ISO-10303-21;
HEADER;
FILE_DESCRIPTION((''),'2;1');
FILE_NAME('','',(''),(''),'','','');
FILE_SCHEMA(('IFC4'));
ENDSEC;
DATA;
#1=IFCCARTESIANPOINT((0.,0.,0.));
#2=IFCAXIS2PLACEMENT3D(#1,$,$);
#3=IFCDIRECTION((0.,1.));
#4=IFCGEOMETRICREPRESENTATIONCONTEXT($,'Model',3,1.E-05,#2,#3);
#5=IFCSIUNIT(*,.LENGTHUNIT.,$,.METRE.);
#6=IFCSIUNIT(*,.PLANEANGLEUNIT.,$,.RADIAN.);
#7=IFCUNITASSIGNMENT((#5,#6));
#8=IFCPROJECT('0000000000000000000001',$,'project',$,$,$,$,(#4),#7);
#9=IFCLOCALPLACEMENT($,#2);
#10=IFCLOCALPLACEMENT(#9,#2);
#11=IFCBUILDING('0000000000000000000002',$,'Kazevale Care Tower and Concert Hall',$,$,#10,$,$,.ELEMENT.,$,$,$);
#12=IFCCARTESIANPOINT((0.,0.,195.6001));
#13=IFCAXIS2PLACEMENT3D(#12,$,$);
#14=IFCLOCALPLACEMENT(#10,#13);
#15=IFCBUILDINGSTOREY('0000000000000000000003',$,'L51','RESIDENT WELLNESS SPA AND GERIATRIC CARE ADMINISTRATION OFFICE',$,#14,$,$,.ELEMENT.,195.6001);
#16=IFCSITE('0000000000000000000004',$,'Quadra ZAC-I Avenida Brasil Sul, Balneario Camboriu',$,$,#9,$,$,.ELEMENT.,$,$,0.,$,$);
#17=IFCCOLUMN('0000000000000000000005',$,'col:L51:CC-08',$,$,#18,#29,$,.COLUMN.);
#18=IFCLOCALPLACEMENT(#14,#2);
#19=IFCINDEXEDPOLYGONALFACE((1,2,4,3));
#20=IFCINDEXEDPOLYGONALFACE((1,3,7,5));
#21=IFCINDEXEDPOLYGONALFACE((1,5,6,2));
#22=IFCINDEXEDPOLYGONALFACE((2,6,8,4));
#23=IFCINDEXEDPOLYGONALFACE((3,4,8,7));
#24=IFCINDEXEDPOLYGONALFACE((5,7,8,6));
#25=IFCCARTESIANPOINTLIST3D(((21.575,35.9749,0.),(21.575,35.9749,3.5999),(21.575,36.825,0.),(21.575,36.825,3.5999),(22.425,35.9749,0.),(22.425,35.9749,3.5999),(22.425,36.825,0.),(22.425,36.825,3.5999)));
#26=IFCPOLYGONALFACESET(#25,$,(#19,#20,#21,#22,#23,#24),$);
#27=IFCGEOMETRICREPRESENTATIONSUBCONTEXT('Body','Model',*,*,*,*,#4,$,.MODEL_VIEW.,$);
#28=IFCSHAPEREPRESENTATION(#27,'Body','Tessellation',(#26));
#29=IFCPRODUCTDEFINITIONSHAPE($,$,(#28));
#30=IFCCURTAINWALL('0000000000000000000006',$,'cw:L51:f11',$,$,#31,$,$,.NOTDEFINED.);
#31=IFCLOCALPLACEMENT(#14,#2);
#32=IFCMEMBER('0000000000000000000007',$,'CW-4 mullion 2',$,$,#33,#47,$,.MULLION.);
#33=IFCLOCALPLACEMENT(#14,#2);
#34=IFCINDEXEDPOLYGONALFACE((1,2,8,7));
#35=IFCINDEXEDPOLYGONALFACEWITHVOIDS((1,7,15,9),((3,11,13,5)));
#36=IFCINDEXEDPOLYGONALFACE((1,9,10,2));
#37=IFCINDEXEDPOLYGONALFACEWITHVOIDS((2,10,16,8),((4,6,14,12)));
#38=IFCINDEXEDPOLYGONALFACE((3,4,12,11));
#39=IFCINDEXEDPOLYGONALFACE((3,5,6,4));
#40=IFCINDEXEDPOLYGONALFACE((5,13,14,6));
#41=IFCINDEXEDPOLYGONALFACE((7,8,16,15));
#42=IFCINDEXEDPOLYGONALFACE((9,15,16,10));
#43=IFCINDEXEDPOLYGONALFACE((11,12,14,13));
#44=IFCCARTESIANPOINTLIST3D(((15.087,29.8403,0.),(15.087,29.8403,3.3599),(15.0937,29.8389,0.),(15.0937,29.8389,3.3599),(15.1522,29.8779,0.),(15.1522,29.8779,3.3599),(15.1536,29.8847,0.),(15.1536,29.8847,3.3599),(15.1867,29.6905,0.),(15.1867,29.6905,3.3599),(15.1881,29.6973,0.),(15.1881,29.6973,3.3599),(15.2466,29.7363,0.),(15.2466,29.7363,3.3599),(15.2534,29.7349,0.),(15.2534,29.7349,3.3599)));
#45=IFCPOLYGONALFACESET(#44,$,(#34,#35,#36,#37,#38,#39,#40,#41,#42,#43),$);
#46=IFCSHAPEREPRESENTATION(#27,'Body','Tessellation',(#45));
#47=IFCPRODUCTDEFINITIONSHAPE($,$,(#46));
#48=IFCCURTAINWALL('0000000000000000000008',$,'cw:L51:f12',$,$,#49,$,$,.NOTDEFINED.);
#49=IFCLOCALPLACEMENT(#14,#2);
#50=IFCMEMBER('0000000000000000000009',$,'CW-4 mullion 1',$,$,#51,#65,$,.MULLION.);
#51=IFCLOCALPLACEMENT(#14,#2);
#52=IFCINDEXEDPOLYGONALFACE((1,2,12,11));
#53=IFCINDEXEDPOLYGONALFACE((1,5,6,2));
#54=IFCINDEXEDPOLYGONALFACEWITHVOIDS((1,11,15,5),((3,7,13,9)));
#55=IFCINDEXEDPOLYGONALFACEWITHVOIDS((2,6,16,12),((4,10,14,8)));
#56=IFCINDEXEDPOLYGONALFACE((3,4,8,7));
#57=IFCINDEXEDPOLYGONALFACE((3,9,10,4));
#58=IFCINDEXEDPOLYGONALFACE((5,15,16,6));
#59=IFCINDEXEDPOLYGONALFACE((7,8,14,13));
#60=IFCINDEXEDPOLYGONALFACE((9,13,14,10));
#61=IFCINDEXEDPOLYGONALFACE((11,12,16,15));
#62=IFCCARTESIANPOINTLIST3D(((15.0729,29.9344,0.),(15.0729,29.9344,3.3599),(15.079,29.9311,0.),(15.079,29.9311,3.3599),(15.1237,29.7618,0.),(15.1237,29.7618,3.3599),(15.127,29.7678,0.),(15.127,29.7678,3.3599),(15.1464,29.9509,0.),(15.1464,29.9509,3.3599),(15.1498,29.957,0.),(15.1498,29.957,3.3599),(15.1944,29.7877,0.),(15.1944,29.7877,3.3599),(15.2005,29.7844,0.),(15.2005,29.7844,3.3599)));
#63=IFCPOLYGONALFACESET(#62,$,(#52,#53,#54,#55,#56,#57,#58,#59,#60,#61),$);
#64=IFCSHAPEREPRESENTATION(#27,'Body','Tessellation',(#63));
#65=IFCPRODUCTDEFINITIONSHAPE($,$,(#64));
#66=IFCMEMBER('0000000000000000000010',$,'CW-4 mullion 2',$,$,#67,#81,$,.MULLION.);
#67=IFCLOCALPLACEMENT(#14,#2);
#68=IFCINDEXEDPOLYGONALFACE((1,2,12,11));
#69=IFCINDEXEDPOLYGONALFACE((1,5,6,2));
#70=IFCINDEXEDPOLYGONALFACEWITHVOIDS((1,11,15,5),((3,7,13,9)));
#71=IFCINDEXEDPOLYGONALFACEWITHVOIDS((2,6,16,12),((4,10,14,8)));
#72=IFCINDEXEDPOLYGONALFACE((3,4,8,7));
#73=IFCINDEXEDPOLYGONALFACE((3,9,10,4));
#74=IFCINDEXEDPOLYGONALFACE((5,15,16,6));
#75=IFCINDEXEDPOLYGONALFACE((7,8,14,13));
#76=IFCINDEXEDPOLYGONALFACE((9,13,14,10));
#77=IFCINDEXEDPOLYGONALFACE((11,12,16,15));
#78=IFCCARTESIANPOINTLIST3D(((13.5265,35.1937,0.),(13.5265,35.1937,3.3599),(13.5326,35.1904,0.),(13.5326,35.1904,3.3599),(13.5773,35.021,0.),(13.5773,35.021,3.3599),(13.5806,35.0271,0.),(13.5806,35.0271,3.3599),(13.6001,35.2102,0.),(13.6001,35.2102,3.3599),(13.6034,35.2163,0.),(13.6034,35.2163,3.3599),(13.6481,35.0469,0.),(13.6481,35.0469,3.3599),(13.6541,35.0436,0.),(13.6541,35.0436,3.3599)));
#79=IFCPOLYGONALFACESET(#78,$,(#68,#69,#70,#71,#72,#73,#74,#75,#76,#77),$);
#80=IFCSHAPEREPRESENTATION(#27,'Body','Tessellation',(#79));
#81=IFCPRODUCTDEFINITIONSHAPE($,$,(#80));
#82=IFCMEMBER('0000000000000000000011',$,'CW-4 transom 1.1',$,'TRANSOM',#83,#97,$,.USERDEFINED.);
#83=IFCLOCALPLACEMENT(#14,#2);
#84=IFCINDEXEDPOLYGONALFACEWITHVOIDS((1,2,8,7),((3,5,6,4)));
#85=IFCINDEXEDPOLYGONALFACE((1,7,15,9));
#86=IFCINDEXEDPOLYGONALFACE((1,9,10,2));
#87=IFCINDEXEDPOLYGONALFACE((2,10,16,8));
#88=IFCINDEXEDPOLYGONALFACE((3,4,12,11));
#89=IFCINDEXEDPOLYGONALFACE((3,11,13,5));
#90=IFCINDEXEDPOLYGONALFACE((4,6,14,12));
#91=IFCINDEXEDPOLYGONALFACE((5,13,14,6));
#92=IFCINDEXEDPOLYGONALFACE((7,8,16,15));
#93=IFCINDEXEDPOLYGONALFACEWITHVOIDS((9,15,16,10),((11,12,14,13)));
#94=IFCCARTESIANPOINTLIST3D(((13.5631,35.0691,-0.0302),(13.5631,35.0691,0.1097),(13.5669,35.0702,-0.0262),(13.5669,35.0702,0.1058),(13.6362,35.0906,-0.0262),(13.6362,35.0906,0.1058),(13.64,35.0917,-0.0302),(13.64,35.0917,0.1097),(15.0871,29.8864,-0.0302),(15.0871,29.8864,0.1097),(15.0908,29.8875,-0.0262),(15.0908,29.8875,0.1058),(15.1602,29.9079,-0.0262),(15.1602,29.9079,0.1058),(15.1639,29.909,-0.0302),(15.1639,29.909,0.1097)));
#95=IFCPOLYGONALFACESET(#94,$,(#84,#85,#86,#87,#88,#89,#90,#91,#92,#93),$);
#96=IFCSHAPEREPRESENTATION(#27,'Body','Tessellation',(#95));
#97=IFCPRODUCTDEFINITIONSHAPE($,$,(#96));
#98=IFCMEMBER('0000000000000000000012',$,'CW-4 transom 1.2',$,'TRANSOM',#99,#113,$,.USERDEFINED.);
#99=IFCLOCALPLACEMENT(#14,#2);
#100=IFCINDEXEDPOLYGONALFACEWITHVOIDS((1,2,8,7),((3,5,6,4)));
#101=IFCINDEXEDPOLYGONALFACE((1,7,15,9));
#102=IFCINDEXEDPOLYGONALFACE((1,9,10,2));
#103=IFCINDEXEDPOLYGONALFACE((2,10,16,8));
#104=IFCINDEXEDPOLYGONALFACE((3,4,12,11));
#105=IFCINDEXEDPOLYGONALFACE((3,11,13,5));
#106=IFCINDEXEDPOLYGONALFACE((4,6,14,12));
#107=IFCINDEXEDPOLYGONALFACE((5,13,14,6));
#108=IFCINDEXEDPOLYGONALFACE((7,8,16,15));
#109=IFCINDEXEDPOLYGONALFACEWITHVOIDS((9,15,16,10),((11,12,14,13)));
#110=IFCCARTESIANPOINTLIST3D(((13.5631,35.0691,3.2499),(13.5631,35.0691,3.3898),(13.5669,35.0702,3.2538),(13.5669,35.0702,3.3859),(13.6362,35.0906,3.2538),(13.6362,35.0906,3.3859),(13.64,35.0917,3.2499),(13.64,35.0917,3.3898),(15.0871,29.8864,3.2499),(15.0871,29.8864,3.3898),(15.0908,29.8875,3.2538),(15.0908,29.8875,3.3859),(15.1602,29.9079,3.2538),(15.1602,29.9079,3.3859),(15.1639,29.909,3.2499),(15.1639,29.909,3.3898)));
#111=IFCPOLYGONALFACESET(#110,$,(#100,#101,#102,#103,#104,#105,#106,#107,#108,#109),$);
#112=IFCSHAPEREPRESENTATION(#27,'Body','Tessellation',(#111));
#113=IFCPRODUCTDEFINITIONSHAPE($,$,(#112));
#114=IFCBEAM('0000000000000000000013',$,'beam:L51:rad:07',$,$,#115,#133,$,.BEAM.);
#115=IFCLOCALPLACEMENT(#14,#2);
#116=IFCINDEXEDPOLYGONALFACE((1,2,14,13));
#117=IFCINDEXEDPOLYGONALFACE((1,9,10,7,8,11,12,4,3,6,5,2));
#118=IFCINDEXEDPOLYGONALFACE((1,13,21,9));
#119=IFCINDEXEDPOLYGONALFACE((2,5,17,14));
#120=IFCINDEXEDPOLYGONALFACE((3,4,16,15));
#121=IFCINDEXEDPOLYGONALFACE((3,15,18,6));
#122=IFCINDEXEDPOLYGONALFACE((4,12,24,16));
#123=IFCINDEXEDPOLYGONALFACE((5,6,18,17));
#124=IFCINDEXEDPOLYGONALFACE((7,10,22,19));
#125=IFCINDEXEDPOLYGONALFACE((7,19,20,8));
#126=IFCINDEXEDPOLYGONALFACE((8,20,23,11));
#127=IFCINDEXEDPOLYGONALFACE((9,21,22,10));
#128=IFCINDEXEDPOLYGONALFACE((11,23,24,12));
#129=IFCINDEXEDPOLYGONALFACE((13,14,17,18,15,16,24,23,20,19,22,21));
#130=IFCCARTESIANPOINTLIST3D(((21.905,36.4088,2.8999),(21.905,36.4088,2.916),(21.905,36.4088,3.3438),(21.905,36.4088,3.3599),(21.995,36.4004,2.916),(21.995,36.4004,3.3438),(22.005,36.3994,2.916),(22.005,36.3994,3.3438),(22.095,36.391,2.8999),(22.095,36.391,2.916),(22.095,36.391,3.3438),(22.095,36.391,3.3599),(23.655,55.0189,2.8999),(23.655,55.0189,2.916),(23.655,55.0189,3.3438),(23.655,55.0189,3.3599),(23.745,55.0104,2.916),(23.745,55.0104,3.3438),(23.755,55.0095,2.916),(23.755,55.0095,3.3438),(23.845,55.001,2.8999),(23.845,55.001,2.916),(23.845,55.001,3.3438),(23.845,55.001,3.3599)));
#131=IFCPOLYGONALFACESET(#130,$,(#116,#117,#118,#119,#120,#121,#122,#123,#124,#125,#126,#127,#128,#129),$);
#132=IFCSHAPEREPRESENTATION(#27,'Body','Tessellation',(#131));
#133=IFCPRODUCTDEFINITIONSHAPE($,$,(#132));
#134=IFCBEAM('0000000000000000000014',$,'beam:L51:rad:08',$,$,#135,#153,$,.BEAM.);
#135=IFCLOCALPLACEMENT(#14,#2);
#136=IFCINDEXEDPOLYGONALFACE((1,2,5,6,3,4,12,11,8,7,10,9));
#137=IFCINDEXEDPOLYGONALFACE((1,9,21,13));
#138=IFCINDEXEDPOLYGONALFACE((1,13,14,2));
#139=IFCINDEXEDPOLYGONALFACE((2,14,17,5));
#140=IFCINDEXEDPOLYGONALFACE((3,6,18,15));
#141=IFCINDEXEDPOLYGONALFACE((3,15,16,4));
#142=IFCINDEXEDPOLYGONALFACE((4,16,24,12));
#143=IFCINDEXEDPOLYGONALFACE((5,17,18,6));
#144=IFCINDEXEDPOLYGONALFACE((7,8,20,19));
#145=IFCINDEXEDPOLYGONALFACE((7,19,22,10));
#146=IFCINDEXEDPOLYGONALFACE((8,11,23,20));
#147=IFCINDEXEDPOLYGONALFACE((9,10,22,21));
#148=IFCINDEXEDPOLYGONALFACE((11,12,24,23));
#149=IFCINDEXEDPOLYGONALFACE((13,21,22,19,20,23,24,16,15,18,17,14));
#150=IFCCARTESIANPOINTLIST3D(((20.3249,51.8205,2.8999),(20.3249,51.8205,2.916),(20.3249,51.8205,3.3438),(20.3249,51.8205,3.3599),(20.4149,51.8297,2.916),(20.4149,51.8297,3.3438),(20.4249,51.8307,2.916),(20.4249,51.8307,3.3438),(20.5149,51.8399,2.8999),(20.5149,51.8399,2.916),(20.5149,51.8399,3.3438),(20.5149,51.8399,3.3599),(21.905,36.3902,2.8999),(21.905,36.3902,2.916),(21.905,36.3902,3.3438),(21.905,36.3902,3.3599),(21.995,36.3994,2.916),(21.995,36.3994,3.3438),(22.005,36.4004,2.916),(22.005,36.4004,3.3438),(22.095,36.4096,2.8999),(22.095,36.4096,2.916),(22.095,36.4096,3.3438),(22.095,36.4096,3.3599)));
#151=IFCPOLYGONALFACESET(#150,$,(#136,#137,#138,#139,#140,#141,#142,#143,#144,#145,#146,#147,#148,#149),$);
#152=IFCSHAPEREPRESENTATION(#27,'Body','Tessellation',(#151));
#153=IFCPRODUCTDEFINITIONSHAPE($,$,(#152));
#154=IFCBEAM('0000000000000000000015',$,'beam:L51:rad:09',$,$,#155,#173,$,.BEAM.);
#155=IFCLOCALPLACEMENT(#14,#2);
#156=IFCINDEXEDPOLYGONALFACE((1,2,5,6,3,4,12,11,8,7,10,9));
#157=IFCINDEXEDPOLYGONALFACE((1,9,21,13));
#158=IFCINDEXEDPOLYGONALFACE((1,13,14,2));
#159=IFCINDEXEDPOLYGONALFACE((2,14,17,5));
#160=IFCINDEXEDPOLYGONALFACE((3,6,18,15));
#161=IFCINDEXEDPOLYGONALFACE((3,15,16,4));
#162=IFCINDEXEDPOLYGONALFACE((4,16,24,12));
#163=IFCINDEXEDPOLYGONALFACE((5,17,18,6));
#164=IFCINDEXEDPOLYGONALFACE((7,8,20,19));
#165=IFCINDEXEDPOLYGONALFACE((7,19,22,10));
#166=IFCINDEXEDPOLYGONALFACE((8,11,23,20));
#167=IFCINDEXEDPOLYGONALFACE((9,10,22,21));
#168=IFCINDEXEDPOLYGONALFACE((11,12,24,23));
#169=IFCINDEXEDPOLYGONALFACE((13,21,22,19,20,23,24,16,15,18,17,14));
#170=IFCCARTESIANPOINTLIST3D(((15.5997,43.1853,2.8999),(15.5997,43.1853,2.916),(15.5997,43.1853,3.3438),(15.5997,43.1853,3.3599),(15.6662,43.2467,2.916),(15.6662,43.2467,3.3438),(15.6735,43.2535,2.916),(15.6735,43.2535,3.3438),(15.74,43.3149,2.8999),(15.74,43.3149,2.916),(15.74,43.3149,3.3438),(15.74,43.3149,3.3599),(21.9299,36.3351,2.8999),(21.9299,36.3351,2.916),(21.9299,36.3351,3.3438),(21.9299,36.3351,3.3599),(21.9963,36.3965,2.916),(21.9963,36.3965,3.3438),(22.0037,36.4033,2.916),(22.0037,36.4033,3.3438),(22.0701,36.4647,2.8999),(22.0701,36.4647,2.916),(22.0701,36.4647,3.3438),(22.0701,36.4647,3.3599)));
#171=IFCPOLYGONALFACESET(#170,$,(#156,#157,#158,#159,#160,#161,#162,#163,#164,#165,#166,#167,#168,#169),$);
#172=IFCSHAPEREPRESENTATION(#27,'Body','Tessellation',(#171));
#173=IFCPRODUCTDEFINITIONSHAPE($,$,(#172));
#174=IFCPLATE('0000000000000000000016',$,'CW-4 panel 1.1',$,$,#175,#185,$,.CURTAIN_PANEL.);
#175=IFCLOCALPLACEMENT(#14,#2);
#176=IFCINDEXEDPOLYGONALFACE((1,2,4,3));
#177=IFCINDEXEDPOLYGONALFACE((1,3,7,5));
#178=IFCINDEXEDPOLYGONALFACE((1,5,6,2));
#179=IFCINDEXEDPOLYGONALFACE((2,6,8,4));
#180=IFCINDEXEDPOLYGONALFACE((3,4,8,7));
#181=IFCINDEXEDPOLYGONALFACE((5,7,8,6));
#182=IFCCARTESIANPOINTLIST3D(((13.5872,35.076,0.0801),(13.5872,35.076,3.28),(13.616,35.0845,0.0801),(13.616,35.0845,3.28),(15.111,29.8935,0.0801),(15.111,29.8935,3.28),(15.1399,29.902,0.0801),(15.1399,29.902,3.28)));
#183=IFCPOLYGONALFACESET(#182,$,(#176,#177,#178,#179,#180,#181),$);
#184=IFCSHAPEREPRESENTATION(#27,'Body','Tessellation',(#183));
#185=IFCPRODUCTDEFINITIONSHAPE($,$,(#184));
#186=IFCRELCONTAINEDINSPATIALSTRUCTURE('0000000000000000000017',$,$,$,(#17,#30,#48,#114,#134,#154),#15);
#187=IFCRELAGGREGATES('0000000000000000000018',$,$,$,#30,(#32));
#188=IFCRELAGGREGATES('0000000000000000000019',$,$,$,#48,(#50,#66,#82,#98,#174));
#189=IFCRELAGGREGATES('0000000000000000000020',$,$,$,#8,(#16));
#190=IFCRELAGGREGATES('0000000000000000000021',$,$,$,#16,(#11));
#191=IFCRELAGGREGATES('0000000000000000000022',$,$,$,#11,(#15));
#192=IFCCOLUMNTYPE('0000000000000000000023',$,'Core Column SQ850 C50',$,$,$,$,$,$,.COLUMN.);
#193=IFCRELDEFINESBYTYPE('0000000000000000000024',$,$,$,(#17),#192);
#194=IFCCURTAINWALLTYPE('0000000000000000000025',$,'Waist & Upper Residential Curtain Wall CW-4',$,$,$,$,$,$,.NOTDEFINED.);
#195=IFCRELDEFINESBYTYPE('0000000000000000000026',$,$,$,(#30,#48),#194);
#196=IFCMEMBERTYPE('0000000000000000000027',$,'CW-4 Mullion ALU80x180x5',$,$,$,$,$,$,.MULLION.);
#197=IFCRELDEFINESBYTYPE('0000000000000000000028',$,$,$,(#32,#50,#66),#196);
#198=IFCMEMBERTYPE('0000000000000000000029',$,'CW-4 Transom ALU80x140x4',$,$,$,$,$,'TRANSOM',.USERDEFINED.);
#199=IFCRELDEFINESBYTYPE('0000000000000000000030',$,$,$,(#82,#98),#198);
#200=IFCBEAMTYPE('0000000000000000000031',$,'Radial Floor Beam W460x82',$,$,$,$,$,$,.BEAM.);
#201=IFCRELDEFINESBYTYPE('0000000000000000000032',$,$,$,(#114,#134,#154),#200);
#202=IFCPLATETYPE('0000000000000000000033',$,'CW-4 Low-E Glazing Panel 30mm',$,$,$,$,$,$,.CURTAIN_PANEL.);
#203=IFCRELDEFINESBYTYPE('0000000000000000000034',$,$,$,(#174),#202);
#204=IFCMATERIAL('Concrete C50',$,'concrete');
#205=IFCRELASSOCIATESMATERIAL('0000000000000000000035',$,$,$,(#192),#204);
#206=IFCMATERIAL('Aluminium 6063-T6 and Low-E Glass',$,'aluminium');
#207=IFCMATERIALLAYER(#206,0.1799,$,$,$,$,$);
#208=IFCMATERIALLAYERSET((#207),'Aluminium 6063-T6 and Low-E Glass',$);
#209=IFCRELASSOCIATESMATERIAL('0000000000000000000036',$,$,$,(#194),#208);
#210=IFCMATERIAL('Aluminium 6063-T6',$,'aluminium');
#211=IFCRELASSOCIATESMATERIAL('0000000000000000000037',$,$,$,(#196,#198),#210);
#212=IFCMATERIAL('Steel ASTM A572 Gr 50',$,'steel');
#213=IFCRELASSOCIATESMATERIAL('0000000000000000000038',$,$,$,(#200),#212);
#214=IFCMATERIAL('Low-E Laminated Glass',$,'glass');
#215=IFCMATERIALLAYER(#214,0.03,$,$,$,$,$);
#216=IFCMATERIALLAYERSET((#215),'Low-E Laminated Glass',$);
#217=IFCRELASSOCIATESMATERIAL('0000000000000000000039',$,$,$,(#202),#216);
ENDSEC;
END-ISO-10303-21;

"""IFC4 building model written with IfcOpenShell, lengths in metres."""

from ifc_helpers import new_model, si_unit, direction, frame, origin, origin_2d, place, context, subcontext, project, spatial, rectangle, hollow_rectangle, i_section, extrude, material, layer, layer_set, material_profile, profile_set, type_object, element, aggregate, save


model = new_model("IFC4")

# Units and contexts
model_context = context("Model", 3, precision=1e-05, world=origin(), true_north=direction((0.0, 1.0)))
body_context = subcontext(model_context, "Body", "Model", "MODEL_VIEW")
ifc_project = project(units=[si_unit("LENGTHUNIT", "METRE"), si_unit("PLANEANGLEUNIT", "RADIAN")], contexts=[model_context])

# Site, building, storey
site_placement = place(None, origin())
site = spatial("IfcSite", under=ifc_project, at=site_placement, Name="Quadra ZAC-I Avenida Brasil Sul, Balneario Camboriu", CompositionType="ELEMENT", RefElevation=0.0)
building_placement = place(site_placement, origin())
building = spatial("IfcBuilding", under=site, at=building_placement, Name="Kazevale Care Tower and Concert Hall", CompositionType="ELEMENT")
storey_placement = place(building_placement, frame((0.0, 0.0, 195.6001)))
storey = spatial("IfcBuildingStorey", under=building, at=storey_placement, Name="L51", Description="RESIDENT WELLNESS SPA AND GERIATRIC CARE ADMINISTRATION OFFICE", CompositionType="ELEMENT", Elevation=195.6001)

# Column
ifc_material_1 = material(Name="Concrete C50", Category="concrete")
ifc_material_profile_1 = material_profile(ifc_material_1, rectangle(XDim=0.8501, YDim=0.8501, at=origin_2d()), Name="RC-SQ850")
ifc_profile_set_1 = profile_set([ifc_material_profile_1], Name="Concrete C50")
column_type = type_object("IfcColumnType", Name="Core Column SQ850 C50", PredefinedType="COLUMN", material=ifc_profile_set_1)
column_placement = place(storey_placement, frame((22.0, 36.3999, 0.0), z_axis=(0.0, 0.0, 1.0), x_axis=(1.0, 0.0, 0.0)))
element("IfcColumn", 1, at=column_placement, inside=storey, type_object=column_type, Name="col:L51:CC-08", PredefinedType="COLUMN", context=body_context, shape_type="SweptSolid", body=[
    extrude(rectangle(XDim=0.8501, YDim=0.8501, at=origin_2d()), origin(), (0.0, 0.0, 1.0), 3.5999),
])

# Curtain wall, member
ifc_material_2 = material(Name="Aluminium 6063-T6 and Low-E Glass", Category="aluminium")
ifc_layer_1 = layer(ifc_material_2, 0.1799)
ifc_layer_set_1 = layer_set([ifc_layer_1], Name="Aluminium 6063-T6 and Low-E Glass")
curtain_wall_type = type_object("IfcCurtainWallType", Name="Waist & Upper Residential Curtain Wall CW-4", PredefinedType="NOTDEFINED", material=ifc_layer_set_1)
curtain_wall_1_placement = place(storey_placement, origin())
curtain_wall_1 = element("IfcCurtainWall", 2, at=curtain_wall_1_placement, inside=storey, type_object=curtain_wall_type, Name="cw:L51:f11", PredefinedType="NOTDEFINED")
ifc_material_3 = material(Name="Aluminium 6063-T6", Category="aluminium")
ifc_material_profile_2 = material_profile(ifc_material_3, hollow_rectangle(XDim=0.0801, YDim=0.1799, WallThickness=0.0049, at=origin_2d()), Name="ALU80x180x5")
ifc_profile_set_2 = profile_set([ifc_material_profile_2], Name="Aluminium 6063-T6")
member_type_1 = type_object("IfcMemberType", Name="CW-4 Mullion ALU80x180x5", PredefinedType="MULLION", material=ifc_profile_set_2)
member_1_placement = place(storey_placement, frame((15.1702, 29.7876, 0.0), z_axis=(0.0, 0.0, 1.0), x_axis=(-0.832106, -0.554617, 0.0)))
member_1 = element("IfcMember", 3, at=member_1_placement, type_object=member_type_1, Name="CW-4 mullion 2", PredefinedType="MULLION", context=body_context, shape_type="SweptSolid", body=[
    extrude(hollow_rectangle(XDim=0.0801, YDim=0.1799, WallThickness=0.0049, at=origin_2d()), origin(), (0.0, 0.0, 1.0), 3.3599),
])
aggregate(curtain_wall_1, [member_1])

# Curtain wall, members
curtain_wall_2_placement = place(storey_placement, origin())
curtain_wall_2 = element("IfcCurtainWall", 4, at=curtain_wall_2_placement, inside=storey, type_object=curtain_wall_type, Name="cw:L51:f12", PredefinedType="NOTDEFINED")
member_2_placement = place(storey_placement, frame((15.1367, 29.8594, 0.0), z_axis=(0.0, 0.0, 1.0), x_axis=(-0.959386, -0.282098, 0.0)))
member_2 = element("IfcMember", 5, at=member_2_placement, type_object=member_type_1, Name="CW-4 mullion 1", PredefinedType="MULLION", context=body_context, shape_type="SweptSolid", body=[
    extrude(hollow_rectangle(XDim=0.0801, YDim=0.1799, WallThickness=0.0049, at=origin_2d()), origin(), (0.0, 0.0, 1.0), 3.3599),
])
member_3_placement = place(storey_placement, frame((13.5903, 35.1187, 0.0), z_axis=(0.0, 0.0, 1.0), x_axis=(-0.959386, -0.282098, 0.0)))
member_3 = element("IfcMember", 6, at=member_3_placement, type_object=member_type_1, Name="CW-4 mullion 2", PredefinedType="MULLION", context=body_context, shape_type="SweptSolid", body=[
    extrude(hollow_rectangle(XDim=0.0801, YDim=0.1799, WallThickness=0.0049, at=origin_2d()), origin(), (0.0, 0.0, 1.0), 3.3599),
])
ifc_material_profile_3 = material_profile(ifc_material_3, hollow_rectangle(XDim=0.0801, YDim=0.1399, WallThickness=0.0039, at=origin_2d()), Name="ALU80x140x4")
ifc_profile_set_3 = profile_set([ifc_material_profile_3], Name="Aluminium 6063-T6")
member_type_2 = type_object("IfcMemberType", Name="CW-4 Transom ALU80x140x4", ElementType="TRANSOM", PredefinedType="USERDEFINED", material=ifc_profile_set_3)
member_4_placement = place(storey_placement, frame((15.1255, 29.8977, 0.0398), z_axis=(-0.282103, 0.959384, 0.0), x_axis=(-0.959384, -0.282103, 0.0)))
member_4 = element("IfcMember", 7, at=member_4_placement, type_object=member_type_2, Name="CW-4 transom 1.1", ObjectType="TRANSOM", PredefinedType="USERDEFINED", context=body_context, shape_type="SweptSolid", body=[
    extrude(hollow_rectangle(XDim=0.0801, YDim=0.1399, WallThickness=0.0039, at=origin_2d()), origin(), (0.0, 0.0, 1.0), 5.4021),
])
member_5_placement = place(storey_placement, frame((15.1255, 29.8977, 3.3198), z_axis=(-0.282103, 0.959384, 0.0), x_axis=(-0.959384, -0.282103, 0.0)))
member_5 = element("IfcMember", 8, at=member_5_placement, type_object=member_type_2, Name="CW-4 transom 1.2", ObjectType="TRANSOM", PredefinedType="USERDEFINED", context=body_context, shape_type="SweptSolid", body=[
    extrude(hollow_rectangle(XDim=0.0801, YDim=0.1399, WallThickness=0.0039, at=origin_2d()), origin(), (0.0, 0.0, 1.0), 5.4021),
])

# Beams
ifc_material_4 = material(Name="Steel ASTM A572 Gr 50", Category="steel")
ifc_material_profile_4 = material_profile(ifc_material_4, i_section(OverallWidth=0.1909, OverallDepth=0.46, WebThickness=0.01, FlangeThickness=0.0161, at=origin_2d()), Name="W460x82")
ifc_profile_set_4 = profile_set([ifc_material_profile_4], Name="Steel ASTM A572 Gr 50")
beam_type = type_object("IfcBeamType", Name="Radial Floor Beam W460x82", PredefinedType="BEAM", material=ifc_profile_set_4)
beam_1_placement = place(storey_placement, frame((22.0, 36.3999, 3.1299), z_axis=(0.093622, 0.995608, 0.0), x_axis=(-0.995608, 0.093622, 0.0)))
element("IfcBeam", 9, at=beam_1_placement, inside=storey, type_object=beam_type, Name="beam:L51:rad:07", PredefinedType="BEAM", context=body_context, shape_type="SweptSolid", body=[
    extrude(i_section(OverallWidth=0.1909, OverallDepth=0.46, WebThickness=0.01, FlangeThickness=0.0161, at=origin_2d()), origin(), (0.0, 0.0, 1.0), 18.6921),
])
beam_2_placement = place(storey_placement, frame((22.0, 36.3999, 3.1299), z_axis=(-0.101869, 0.994798, 0.0), x_axis=(-0.994798, -0.101869, 0.0)))
element("IfcBeam", 10, at=beam_2_placement, inside=storey, type_object=beam_type, Name="beam:L51:rad:08", PredefinedType="BEAM", context=body_context, shape_type="SweptSolid", body=[
    extrude(i_section(OverallWidth=0.1909, OverallDepth=0.46, WebThickness=0.01, FlangeThickness=0.0161, at=origin_2d()), origin(), (0.0, 0.0, 1.0), 15.511),
])
beam_3_placement = place(storey_placement, frame((22.0, 36.3999, 3.1299), z_axis=(-0.67868, 0.734434, 0.0), x_axis=(-0.734434, -0.67868, 0.0)))
element("IfcBeam", 11, at=beam_3_placement, inside=storey, type_object=beam_type, Name="beam:L51:rad:09", PredefinedType="BEAM", context=body_context, shape_type="SweptSolid", body=[
    extrude(i_section(OverallWidth=0.1909, OverallDepth=0.46, WebThickness=0.01, FlangeThickness=0.0161, at=origin_2d()), origin(), (0.0, 0.0, 1.0), 9.3271),
])

# Plate
ifc_material_5 = material(Name="Low-E Laminated Glass", Category="glass")
ifc_layer_2 = layer(ifc_material_5, 0.03)
ifc_layer_set_2 = layer_set([ifc_layer_2], Name="Low-E Laminated Glass")
plate_type = type_object("IfcPlateType", Name="CW-4 Low-E Glazing Panel 30mm", PredefinedType="CURTAIN_PANEL", material=ifc_layer_set_2)
plate_placement = place(storey_placement, frame((14.3635, 32.489, 0.0801), z_axis=(0.0, 0.0, 1.0), x_axis=(-0.282098, 0.959386, 0.0)))
plate = element("IfcPlate", 12, at=plate_placement, type_object=plate_type, Name="CW-4 panel 1.1", PredefinedType="CURTAIN_PANEL", context=body_context, shape_type="SweptSolid", body=[
    extrude(rectangle(XDim=5.4019, YDim=0.03, at=origin_2d()), origin(), (0.0, 0.0, 1.0), 3.2),
])
aggregate(curtain_wall_2, [member_2, member_3, member_4, member_5, plate])

save(model, "model.ifc")
